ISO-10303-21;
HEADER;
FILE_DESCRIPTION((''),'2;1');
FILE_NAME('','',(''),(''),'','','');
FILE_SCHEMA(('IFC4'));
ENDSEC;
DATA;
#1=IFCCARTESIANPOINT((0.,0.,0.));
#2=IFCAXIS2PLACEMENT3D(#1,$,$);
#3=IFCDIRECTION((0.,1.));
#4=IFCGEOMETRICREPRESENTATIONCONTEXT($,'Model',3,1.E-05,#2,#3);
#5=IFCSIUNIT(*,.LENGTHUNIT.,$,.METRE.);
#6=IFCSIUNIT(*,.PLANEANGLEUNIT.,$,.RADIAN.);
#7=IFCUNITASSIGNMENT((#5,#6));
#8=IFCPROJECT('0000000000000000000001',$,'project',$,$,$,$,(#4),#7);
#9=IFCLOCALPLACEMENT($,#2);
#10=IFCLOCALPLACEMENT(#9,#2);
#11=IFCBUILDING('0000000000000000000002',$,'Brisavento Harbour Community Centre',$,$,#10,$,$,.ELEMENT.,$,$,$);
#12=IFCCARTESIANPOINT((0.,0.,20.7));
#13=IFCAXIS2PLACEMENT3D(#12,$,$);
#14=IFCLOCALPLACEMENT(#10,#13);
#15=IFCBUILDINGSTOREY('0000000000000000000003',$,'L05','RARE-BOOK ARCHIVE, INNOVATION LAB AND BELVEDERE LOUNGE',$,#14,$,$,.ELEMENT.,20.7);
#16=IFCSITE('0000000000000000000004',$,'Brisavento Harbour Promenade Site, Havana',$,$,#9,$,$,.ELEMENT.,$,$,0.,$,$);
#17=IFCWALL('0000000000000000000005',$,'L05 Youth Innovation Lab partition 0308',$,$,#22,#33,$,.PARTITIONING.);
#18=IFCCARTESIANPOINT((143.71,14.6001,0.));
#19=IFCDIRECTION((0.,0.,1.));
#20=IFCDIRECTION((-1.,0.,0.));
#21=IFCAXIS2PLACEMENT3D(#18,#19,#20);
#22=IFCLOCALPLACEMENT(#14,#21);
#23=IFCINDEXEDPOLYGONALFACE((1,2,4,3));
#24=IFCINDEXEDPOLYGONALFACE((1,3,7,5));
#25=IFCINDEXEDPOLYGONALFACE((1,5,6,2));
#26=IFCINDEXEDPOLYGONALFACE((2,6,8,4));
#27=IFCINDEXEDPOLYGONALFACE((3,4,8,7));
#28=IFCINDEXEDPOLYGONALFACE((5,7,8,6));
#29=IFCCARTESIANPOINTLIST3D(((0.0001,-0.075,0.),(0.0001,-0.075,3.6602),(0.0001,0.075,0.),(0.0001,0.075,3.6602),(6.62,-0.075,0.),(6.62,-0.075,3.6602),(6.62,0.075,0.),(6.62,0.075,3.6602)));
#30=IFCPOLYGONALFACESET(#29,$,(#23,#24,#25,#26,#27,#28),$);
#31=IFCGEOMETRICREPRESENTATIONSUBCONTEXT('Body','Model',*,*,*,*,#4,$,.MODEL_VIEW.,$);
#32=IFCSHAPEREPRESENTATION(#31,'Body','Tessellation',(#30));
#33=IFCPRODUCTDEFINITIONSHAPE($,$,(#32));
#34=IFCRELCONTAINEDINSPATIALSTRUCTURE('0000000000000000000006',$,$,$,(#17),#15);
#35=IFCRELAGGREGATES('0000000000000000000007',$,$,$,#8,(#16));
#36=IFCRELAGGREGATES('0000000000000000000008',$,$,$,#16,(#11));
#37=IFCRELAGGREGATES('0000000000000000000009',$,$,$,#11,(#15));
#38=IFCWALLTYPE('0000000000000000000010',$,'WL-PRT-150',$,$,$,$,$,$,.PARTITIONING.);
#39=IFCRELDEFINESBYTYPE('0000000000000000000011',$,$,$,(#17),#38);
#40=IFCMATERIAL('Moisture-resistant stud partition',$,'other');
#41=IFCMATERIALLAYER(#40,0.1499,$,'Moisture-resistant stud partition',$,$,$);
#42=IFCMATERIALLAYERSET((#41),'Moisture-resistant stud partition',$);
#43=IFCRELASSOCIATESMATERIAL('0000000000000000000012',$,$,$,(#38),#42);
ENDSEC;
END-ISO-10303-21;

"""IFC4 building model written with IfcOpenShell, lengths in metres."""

from ifc_helpers import new_model, si_unit, direction, frame, frame_2d, origin, place, context, subcontext, project, spatial, rectangle, extrude, material, layer, layer_set, type_object, element, save


model = new_model("IFC4")

# Units and contexts
model_context = context("Model", 3, precision=1e-05, world=origin(), true_north=direction((0.0, 1.0)))
body_context = subcontext(model_context, "Body", "Model", "MODEL_VIEW")
ifc_project = project(units=[si_unit("LENGTHUNIT", "METRE"), si_unit("PLANEANGLEUNIT", "RADIAN")], contexts=[model_context])

# Site, building, storey
site_placement = place(None, origin())
site = spatial("IfcSite", under=ifc_project, at=site_placement, Name="Brisavento Harbour Promenade Site, Havana", CompositionType="ELEMENT", RefElevation=0.0)
building_placement = place(site_placement, origin())
building = spatial("IfcBuilding", under=site, at=building_placement, Name="Brisavento Harbour Community Centre", CompositionType="ELEMENT")
storey_placement = place(building_placement, frame((0.0, 0.0, 20.7)))
storey = spatial("IfcBuildingStorey", under=building, at=storey_placement, Name="L05", Description="RARE-BOOK ARCHIVE, INNOVATION LAB AND BELVEDERE LOUNGE", CompositionType="ELEMENT", Elevation=20.7)

# Wall
ifc_material_1 = material(Name="Moisture-resistant stud partition", Category="other")
ifc_layer_1 = layer(ifc_material_1, 0.1499, Name="Moisture-resistant stud partition")
ifc_layer_set_1 = layer_set([ifc_layer_1], Name="Moisture-resistant stud partition")
wall_type_1 = type_object("IfcWallType", Name="WL-PRT-150", PredefinedType="PARTITIONING", material=ifc_layer_set_1)
wall_1_placement = place(storey_placement, frame((143.71, 14.6001, 0.0), z_axis=(0.0, 0.0, 1.0), x_axis=(-1.0, 0.0, 0.0)))
element("IfcWall", 1, at=wall_1_placement, inside=storey, type_object=wall_type_1, Name="L05 Youth Innovation Lab partition 0308", PredefinedType="PARTITIONING", context=body_context, shape_type="SweptSolid", body=[
    extrude(rectangle(XDim=6.6199, YDim=0.1499, at=frame_2d((3.3101, 0.0))), origin(), (0.0, 0.0, 1.0), 3.6602),
])

save(model, "model.ifc")
